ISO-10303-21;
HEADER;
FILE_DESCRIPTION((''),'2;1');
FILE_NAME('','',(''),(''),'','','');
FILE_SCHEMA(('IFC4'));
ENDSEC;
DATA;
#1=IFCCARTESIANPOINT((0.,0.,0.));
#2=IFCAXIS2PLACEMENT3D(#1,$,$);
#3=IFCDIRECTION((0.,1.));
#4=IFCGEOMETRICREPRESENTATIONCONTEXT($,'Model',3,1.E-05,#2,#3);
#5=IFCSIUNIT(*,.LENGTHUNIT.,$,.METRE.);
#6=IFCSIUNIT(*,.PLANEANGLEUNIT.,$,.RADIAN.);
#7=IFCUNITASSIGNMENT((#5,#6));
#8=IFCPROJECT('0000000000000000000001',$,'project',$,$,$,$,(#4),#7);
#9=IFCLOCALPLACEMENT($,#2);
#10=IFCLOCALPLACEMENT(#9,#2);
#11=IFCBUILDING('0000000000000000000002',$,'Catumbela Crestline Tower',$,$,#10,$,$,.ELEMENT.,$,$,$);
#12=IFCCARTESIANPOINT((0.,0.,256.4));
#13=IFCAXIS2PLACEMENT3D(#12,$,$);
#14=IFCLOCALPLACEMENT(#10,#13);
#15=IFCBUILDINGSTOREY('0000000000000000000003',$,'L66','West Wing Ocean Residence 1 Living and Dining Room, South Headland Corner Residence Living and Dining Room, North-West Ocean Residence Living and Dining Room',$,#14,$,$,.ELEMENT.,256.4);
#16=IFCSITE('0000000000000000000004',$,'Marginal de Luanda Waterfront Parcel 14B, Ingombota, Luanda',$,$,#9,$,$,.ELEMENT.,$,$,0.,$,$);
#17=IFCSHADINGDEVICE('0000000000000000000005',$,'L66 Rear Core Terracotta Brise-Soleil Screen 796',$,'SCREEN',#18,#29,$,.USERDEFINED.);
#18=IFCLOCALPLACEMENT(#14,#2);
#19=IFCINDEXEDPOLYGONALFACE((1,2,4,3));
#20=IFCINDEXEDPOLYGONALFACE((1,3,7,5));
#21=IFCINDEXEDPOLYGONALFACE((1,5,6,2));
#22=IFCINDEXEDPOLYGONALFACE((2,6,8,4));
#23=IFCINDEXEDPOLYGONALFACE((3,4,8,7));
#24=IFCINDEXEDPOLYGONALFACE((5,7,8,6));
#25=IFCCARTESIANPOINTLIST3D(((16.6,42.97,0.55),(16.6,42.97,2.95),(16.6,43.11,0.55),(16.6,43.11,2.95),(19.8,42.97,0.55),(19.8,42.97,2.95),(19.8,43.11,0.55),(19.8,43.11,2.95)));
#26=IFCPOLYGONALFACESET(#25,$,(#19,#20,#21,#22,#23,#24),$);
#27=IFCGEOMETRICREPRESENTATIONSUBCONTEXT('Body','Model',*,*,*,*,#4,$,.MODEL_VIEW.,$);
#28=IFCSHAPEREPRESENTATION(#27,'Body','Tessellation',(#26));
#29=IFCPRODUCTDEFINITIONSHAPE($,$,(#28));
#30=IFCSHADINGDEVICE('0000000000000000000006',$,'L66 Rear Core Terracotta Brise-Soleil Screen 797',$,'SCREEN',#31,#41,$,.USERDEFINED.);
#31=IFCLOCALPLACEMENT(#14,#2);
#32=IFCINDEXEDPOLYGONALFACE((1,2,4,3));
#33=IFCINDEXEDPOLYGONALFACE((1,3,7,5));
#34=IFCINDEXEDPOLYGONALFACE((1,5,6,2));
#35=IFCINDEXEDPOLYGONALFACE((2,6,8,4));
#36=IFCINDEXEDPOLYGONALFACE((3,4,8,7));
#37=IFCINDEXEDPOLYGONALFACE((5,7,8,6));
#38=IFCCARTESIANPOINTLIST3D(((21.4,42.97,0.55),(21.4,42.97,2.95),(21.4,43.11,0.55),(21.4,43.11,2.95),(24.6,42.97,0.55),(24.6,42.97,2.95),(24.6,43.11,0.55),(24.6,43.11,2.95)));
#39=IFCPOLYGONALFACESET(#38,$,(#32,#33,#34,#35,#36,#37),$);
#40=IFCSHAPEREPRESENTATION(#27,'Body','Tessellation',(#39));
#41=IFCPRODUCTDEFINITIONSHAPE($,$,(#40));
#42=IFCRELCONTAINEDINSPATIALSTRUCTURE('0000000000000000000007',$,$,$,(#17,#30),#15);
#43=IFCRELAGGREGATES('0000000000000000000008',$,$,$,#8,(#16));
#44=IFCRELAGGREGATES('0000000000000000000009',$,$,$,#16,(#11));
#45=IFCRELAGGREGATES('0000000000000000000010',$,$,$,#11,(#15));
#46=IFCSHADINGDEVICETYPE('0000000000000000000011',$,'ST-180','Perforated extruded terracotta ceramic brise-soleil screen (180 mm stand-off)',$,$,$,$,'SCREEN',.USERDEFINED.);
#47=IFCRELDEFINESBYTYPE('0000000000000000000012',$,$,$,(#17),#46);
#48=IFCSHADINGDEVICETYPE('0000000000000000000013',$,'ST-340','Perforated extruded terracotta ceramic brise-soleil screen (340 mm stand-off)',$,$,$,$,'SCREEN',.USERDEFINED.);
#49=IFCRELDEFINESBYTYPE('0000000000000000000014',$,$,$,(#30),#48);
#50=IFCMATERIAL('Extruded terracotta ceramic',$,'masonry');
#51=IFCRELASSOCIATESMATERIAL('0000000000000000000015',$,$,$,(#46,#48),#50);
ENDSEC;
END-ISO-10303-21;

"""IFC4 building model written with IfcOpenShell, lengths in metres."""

from ifc_helpers import new_model, si_unit, direction, frame, origin, origin_2d, place, context, subcontext, project, spatial, rectangle, extrude, material, type_object, element, save


model = new_model("IFC4")

# Units and contexts
model_context = context("Model", 3, precision=1e-05, world=origin(), true_north=direction((0.0, 1.0)))
body_context = subcontext(model_context, "Body", "Model", "MODEL_VIEW")
ifc_project = project(units=[si_unit("LENGTHUNIT", "METRE"), si_unit("PLANEANGLEUNIT", "RADIAN")], contexts=[model_context])

# Site, building, storey
site_placement = place(None, origin())
site = spatial("IfcSite", under=ifc_project, at=site_placement, Name="Marginal de Luanda Waterfront Parcel 14B, Ingombota, Luanda", CompositionType="ELEMENT", RefElevation=0.0)
building_placement = place(site_placement, origin())
building = spatial("IfcBuilding", under=site, at=building_placement, Name="Catumbela Crestline Tower", CompositionType="ELEMENT")
storey_placement = place(building_placement, frame((0.0, 0.0, 256.4)))
storey = spatial("IfcBuildingStorey", under=building, at=storey_placement, Name="L66", Description="West Wing Ocean Residence 1 Living and Dining Room, South Headland Corner Residence Living and Dining Room, North-West Ocean Residence Living and Dining Room", CompositionType="ELEMENT", Elevation=256.4)

# Shading devices
ifc_material_1 = material(Name="Extruded terracotta ceramic", Category="masonry")
shading_device_type_1 = type_object("IfcShadingDeviceType", Name="ST-180", Description="Perforated extruded terracotta ceramic brise-soleil screen (180 mm stand-off)", ElementType="SCREEN", PredefinedType="USERDEFINED", material=ifc_material_1)
shading_device_1_placement = place(storey_placement, frame((18.2, 43.04, 0.55), z_axis=(0.0, 0.0, 1.0), x_axis=(1.0, 0.0, 0.0)))
element("IfcShadingDevice", 1, at=shading_device_1_placement, inside=storey, type_object=shading_device_type_1, Name="L66 Rear Core Terracotta Brise-Soleil Screen 796", ObjectType="SCREEN", PredefinedType="USERDEFINED", context=body_context, shape_type="SweptSolid", body=[
    extrude(rectangle(XDim=3.2, YDim=0.14, at=origin_2d()), origin(), (0.0, 0.0, 1.0), 2.4),
])
shading_device_type_2 = type_object("IfcShadingDeviceType", Name="ST-340", Description="Perforated extruded terracotta ceramic brise-soleil screen (340 mm stand-off)", ElementType="SCREEN", PredefinedType="USERDEFINED", material=ifc_material_1)
shading_device_2_placement = place(storey_placement, frame((23.0, 43.04, 0.55), z_axis=(0.0, 0.0, 1.0), x_axis=(1.0, 0.0, 0.0)))
element("IfcShadingDevice", 2, at=shading_device_2_placement, inside=storey, type_object=shading_device_type_2, Name="L66 Rear Core Terracotta Brise-Soleil Screen 797", ObjectType="SCREEN", PredefinedType="USERDEFINED", context=body_context, shape_type="SweptSolid", body=[
    extrude(rectangle(XDim=3.2, YDim=0.14, at=origin_2d()), origin(), (0.0, 0.0, 1.0), 2.4),
])

save(model, "model.ifc")
